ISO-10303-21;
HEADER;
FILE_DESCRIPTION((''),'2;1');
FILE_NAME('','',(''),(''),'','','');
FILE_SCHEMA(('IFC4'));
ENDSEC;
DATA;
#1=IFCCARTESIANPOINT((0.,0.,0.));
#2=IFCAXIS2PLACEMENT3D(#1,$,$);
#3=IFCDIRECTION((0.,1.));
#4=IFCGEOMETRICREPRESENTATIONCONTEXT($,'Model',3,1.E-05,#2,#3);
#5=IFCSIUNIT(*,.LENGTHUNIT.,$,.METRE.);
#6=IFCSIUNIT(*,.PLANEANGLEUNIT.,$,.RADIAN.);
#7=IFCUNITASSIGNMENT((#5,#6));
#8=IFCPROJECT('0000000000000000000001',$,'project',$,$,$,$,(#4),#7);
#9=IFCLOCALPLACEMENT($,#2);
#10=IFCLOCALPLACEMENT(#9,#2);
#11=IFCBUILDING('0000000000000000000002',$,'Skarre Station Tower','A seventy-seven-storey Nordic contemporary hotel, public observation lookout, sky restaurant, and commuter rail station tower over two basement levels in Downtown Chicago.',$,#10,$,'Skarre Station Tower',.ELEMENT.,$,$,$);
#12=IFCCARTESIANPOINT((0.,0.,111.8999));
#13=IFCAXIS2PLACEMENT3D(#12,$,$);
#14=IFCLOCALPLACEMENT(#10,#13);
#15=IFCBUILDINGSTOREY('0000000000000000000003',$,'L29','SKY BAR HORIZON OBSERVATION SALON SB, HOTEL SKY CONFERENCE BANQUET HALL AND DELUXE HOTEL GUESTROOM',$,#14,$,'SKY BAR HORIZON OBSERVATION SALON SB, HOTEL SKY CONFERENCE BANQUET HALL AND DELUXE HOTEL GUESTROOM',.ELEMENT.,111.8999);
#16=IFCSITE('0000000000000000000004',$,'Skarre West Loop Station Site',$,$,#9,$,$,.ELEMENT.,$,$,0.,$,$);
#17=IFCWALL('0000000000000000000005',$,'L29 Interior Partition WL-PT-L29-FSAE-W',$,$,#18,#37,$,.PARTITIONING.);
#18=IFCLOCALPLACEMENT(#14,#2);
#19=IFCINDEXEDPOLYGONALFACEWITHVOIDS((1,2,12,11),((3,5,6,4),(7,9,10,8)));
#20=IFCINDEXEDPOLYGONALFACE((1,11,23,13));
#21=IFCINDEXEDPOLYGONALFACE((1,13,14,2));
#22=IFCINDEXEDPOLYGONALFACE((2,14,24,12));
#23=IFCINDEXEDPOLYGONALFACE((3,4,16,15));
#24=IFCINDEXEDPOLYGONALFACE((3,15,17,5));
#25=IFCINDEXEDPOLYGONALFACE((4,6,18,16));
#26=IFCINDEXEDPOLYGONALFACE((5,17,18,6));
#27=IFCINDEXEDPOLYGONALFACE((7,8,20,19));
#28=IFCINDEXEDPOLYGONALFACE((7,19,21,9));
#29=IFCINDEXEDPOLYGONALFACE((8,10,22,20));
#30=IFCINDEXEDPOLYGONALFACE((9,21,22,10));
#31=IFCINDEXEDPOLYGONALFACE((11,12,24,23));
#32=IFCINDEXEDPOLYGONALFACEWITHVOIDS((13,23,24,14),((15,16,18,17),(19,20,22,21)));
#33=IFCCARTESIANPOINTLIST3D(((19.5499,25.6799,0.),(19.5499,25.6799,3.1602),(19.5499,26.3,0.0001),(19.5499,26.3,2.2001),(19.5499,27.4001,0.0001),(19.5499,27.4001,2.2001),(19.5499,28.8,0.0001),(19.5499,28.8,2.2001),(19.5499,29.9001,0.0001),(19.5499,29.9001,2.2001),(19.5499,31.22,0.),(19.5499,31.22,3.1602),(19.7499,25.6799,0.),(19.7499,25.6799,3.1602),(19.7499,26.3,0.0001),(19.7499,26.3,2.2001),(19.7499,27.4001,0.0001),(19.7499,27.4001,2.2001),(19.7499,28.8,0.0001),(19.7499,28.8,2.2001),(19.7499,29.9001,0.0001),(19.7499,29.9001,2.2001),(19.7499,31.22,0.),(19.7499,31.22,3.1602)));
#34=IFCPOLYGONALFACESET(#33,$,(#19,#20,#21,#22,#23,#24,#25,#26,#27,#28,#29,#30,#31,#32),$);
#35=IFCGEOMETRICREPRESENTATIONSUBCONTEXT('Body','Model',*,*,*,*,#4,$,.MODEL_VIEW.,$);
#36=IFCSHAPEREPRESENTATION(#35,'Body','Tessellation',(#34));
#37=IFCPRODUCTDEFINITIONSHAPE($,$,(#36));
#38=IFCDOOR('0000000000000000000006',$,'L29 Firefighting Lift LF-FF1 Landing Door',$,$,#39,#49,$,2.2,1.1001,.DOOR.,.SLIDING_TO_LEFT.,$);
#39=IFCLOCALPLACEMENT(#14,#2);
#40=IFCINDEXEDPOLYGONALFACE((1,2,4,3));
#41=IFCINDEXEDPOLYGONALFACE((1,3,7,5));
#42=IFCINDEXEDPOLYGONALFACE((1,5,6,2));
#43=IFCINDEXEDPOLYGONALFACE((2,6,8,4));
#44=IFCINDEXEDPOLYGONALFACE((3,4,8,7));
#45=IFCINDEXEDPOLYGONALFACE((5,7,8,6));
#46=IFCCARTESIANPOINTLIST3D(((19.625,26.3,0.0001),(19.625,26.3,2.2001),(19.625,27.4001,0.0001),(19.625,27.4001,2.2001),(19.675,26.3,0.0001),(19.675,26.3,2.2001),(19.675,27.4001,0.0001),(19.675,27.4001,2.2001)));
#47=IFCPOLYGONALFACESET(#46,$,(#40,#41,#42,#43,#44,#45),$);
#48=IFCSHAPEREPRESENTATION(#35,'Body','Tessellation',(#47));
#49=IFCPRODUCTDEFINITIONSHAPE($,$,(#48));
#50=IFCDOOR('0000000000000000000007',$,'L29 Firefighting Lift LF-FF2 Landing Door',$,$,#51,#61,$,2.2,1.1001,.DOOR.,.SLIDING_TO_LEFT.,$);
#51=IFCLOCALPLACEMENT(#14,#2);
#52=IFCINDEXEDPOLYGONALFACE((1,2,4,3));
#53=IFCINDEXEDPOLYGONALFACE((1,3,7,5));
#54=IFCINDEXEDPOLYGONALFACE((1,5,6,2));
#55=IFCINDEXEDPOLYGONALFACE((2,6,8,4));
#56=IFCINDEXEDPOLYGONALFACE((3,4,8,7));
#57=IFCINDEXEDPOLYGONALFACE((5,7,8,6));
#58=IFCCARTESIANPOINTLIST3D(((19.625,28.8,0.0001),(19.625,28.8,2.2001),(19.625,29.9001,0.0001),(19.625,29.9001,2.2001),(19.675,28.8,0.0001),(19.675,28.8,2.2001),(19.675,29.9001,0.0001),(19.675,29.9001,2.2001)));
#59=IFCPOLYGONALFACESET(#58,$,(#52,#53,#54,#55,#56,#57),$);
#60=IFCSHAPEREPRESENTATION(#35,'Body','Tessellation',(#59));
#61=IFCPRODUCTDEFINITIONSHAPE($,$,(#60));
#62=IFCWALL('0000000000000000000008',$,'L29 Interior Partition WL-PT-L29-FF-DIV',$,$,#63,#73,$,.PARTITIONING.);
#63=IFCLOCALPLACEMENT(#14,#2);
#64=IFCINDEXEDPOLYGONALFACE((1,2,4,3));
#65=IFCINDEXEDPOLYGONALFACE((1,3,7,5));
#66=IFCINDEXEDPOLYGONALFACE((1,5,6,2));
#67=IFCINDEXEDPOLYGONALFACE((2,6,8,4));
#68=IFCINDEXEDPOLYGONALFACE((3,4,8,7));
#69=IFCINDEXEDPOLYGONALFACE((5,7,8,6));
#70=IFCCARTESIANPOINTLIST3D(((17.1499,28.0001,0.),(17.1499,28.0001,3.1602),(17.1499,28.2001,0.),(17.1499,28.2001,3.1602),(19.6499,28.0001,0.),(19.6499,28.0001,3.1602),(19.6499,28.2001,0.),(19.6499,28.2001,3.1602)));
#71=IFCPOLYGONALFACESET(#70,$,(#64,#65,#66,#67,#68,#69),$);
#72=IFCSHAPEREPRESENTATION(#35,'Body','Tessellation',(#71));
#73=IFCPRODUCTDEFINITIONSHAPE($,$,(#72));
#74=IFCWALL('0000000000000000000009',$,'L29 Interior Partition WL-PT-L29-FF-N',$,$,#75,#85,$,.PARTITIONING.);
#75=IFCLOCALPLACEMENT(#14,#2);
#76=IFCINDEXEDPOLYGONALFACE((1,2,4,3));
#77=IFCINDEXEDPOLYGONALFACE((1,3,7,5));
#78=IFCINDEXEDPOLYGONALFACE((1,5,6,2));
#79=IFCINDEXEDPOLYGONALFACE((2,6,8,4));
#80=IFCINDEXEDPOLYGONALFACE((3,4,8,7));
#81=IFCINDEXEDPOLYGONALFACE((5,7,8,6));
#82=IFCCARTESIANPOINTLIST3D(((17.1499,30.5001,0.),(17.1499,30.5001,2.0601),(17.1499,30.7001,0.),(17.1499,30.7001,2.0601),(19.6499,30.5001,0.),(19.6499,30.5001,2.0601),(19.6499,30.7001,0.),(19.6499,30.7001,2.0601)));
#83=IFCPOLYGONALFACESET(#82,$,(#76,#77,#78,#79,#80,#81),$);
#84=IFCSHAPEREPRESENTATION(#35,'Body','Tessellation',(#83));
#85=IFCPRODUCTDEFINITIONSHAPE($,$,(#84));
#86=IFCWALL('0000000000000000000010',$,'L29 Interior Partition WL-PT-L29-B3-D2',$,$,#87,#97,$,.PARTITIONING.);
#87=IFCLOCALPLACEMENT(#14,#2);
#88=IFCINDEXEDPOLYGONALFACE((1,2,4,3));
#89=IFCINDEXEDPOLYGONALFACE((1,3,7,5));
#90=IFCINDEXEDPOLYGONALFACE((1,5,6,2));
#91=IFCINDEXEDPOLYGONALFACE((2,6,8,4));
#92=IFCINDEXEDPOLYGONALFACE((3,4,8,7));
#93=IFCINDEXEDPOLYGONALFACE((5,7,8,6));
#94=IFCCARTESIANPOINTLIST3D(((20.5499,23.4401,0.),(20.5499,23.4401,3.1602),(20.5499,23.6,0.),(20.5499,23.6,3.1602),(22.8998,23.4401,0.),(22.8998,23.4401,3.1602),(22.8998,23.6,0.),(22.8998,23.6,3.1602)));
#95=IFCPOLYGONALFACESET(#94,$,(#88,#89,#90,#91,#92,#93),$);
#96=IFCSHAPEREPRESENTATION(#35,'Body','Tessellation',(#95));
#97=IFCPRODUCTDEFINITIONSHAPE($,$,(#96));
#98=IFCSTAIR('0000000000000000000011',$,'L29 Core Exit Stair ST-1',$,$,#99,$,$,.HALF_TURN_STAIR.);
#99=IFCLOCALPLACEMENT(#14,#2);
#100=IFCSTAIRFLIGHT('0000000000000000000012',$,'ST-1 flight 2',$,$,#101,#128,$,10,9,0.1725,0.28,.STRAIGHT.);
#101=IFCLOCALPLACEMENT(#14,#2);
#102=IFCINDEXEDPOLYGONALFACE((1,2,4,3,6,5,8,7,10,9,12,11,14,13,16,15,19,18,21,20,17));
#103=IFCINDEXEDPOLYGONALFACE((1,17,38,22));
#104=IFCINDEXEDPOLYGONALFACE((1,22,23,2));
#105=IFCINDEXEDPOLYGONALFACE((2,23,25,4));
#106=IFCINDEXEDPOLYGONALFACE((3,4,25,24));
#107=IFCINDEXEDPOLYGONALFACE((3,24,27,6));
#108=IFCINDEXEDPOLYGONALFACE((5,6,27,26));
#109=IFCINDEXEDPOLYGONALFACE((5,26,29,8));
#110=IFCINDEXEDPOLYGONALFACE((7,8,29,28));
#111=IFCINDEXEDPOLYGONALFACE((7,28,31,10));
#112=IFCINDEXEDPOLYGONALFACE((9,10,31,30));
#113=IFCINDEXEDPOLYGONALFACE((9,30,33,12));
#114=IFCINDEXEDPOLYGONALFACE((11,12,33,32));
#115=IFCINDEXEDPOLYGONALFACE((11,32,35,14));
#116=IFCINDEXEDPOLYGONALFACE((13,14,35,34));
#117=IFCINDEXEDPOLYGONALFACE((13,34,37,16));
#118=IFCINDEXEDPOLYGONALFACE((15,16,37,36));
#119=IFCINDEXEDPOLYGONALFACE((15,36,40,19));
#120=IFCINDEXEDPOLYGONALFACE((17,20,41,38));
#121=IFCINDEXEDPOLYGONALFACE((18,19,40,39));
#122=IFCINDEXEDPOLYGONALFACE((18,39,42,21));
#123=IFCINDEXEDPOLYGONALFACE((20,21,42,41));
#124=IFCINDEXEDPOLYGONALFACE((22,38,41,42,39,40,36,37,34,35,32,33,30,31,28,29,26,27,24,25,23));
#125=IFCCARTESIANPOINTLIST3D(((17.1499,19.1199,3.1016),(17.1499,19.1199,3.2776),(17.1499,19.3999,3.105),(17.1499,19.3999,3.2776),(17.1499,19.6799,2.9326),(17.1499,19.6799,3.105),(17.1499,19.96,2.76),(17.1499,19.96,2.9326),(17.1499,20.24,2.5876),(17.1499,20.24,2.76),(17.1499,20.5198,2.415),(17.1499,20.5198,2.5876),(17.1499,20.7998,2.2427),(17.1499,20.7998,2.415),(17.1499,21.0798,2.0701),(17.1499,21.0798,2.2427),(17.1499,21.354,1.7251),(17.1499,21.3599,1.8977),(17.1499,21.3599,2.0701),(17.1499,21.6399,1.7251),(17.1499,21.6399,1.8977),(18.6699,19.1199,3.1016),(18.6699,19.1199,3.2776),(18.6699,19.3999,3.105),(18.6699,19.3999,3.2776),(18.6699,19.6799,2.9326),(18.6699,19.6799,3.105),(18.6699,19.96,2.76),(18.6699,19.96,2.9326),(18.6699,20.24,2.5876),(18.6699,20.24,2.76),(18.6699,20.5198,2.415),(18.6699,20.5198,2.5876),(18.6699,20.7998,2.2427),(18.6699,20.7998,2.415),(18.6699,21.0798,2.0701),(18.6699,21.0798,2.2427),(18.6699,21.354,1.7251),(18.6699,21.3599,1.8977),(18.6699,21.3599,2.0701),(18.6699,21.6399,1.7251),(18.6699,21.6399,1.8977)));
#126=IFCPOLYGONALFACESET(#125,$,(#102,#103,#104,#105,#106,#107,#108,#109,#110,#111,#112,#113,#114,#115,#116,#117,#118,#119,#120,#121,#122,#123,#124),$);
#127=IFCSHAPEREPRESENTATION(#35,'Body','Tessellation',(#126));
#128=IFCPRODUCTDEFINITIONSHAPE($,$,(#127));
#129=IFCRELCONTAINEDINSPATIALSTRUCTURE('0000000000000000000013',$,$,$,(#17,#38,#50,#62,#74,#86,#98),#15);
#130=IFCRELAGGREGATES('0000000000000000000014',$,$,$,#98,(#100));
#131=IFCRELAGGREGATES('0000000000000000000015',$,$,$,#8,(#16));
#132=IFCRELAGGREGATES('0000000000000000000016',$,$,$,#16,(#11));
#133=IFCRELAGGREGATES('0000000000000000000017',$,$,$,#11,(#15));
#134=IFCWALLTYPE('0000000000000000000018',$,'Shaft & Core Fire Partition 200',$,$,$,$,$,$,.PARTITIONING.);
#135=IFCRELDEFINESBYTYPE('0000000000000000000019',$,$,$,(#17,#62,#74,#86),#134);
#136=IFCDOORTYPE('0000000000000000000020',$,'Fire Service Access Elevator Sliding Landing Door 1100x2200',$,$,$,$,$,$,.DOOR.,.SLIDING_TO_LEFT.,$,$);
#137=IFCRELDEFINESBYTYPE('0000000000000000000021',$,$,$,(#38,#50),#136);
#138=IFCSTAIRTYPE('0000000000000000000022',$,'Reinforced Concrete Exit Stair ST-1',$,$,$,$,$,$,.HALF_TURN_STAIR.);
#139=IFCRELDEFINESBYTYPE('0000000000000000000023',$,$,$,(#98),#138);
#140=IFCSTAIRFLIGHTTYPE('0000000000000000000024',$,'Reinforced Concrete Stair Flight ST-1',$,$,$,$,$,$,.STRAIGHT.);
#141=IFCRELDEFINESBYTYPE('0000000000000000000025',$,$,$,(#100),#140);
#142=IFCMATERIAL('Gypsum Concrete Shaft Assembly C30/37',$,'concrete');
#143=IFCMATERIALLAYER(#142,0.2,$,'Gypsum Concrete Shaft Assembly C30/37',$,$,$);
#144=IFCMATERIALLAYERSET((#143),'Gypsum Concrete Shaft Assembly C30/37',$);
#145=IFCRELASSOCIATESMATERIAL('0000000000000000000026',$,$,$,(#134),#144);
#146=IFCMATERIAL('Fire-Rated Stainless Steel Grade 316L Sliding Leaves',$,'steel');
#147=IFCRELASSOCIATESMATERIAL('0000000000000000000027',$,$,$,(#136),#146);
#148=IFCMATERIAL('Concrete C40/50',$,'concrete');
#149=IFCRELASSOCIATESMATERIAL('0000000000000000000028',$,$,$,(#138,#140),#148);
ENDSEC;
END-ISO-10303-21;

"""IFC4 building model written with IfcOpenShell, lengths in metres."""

from ifc_helpers import new_model, si_unit, direction, frame, frame_2d, origin, place, context, subcontext, project, spatial, polyline, rectangle, outline, extrude, material, layer, layer_set, type_object, element, fill, aggregate, save


model = new_model("IFC4")

# Units and contexts
model_context = context("Model", 3, precision=1e-05, world=origin(), true_north=direction((0.0, 1.0)))
body_context = subcontext(model_context, "Body", "Model", "MODEL_VIEW")
ifc_project = project(units=[si_unit("LENGTHUNIT", "METRE"), si_unit("PLANEANGLEUNIT", "RADIAN")], contexts=[model_context])

# Site, building, storey
site_placement = place(None, origin())
site = spatial("IfcSite", under=ifc_project, at=site_placement, Name="Skarre West Loop Station Site", CompositionType="ELEMENT", RefElevation=0.0)
building_placement = place(site_placement, origin())
building = spatial("IfcBuilding", under=site, at=building_placement, Name="Skarre Station Tower", Description="A seventy-seven-storey Nordic contemporary hotel, public observation lookout, sky restaurant, and commuter rail station tower over two basement levels in Downtown Chicago.", LongName="Skarre Station Tower", CompositionType="ELEMENT")
storey_placement = place(building_placement, frame((0.0, 0.0, 111.8999)))
storey = spatial("IfcBuildingStorey", under=building, at=storey_placement, Name="L29", Description="SKY BAR HORIZON OBSERVATION SALON SB, HOTEL SKY CONFERENCE BANQUET HALL AND DELUXE HOTEL GUESTROOM", LongName="SKY BAR HORIZON OBSERVATION SALON SB, HOTEL SKY CONFERENCE BANQUET HALL AND DELUXE HOTEL GUESTROOM", CompositionType="ELEMENT", Elevation=111.8999)

# Wall, openings, doors
ifc_material_1 = material(Name="Gypsum Concrete Shaft Assembly C30/37", Category="concrete")
ifc_layer_1 = layer(ifc_material_1, 0.2, Name="Gypsum Concrete Shaft Assembly C30/37")
ifc_layer_set_1 = layer_set([ifc_layer_1], Name="Gypsum Concrete Shaft Assembly C30/37")
wall_type_1 = type_object("IfcWallType", Name="Shaft & Core Fire Partition 200", PredefinedType="PARTITIONING", material=ifc_layer_set_1)
wall_1_placement = place(storey_placement, frame((19.6499, 25.6799, 0.0), z_axis=(0.0, 0.0, 1.0), x_axis=(0.0, 1.0, 0.0)))
wall_1 = element("IfcWall", 1, at=wall_1_placement, inside=storey, type_object=wall_type_1, Name="L29 Interior Partition WL-PT-L29-FSAE-W", PredefinedType="PARTITIONING", context=body_context, shape_type="SweptSolid", body=[
    extrude(rectangle(XDim=5.54, YDim=0.2, at=frame_2d((2.77, 0.0))), origin(), (0.0, 0.0, 1.0), 3.1602),
])
opening_1_placement = place(wall_1_placement, frame((0.6201, 0.0, 0.0)))
opening_1 = element("IfcOpeningElement", 2, at=opening_1_placement, cuts=wall_1, PredefinedType="OPENING", context=body_context, shape_type="SweptSolid", body=[
    extrude(rectangle(XDim=1.1001, YDim=2.2, at=frame_2d((0.55, 1.1001))), frame((0.0, 0.1099, 0.0), z_axis=(0.0, -1.0, 0.0), x_axis=(1.0, 0.0, 0.0)), (0.0, 0.0, 1.0), 0.22),
])
opening_2_placement = place(wall_1_placement, frame((3.1201, 0.0, 0.0)))
opening_2 = element("IfcOpeningElement", 3, at=opening_2_placement, cuts=wall_1, PredefinedType="OPENING", context=body_context, shape_type="SweptSolid", body=[
    extrude(rectangle(XDim=1.1001, YDim=2.2, at=frame_2d((0.55, 1.1001))), frame((0.0, 0.1099, 0.0), z_axis=(0.0, -1.0, 0.0), x_axis=(1.0, 0.0, 0.0)), (0.0, 0.0, 1.0), 0.22),
])
ifc_material_2 = material(Name="Fire-Rated Stainless Steel Grade 316L Sliding Leaves", Category="steel")
door_type = type_object("IfcDoorType", Name="Fire Service Access Elevator Sliding Landing Door 1100x2200", OperationType="SLIDING_TO_LEFT", PredefinedType="DOOR", material=ifc_material_2)
door_1_placement = place(opening_1_placement, origin())
door_1 = element("IfcDoor", 4, at=door_1_placement, inside=storey, type_object=door_type, Name="L29 Firefighting Lift LF-FF1 Landing Door", OperationType="SLIDING_TO_LEFT", OverallHeight=2.2, OverallWidth=1.1001, PredefinedType="DOOR", context=body_context, shape_type="SweptSolid", body=[
    extrude(rectangle(XDim=1.1001, YDim=2.2, at=frame_2d((0.55, 1.1001))), frame((0.0, 0.0249, 0.0), z_axis=(0.0, -1.0, 0.0), x_axis=(1.0, 0.0, 0.0)), (0.0, 0.0, 1.0), 0.05),
])
fill(opening_1, door_1)
door_2_placement = place(opening_2_placement, origin())
door_2 = element("IfcDoor", 5, at=door_2_placement, inside=storey, type_object=door_type, Name="L29 Firefighting Lift LF-FF2 Landing Door", OperationType="SLIDING_TO_LEFT", OverallHeight=2.2, OverallWidth=1.1001, PredefinedType="DOOR", context=body_context, shape_type="SweptSolid", body=[
    extrude(rectangle(XDim=1.1001, YDim=2.2, at=frame_2d((0.55, 1.1001))), frame((0.0, 0.0249, 0.0), z_axis=(0.0, -1.0, 0.0), x_axis=(1.0, 0.0, 0.0)), (0.0, 0.0, 1.0), 0.05),
])
fill(opening_2, door_2)

# Walls
wall_2_placement = place(storey_placement, frame((17.1499, 28.1001, 0.0), z_axis=(0.0, 0.0, 1.0), x_axis=(1.0, 0.0, 0.0)))
element("IfcWall", 6, at=wall_2_placement, inside=storey, type_object=wall_type_1, Name="L29 Interior Partition WL-PT-L29-FF-DIV", PredefinedType="PARTITIONING", context=body_context, shape_type="SweptSolid", body=[
    extrude(rectangle(XDim=2.5, YDim=0.2, at=frame_2d((1.25, 0.0))), origin(), (0.0, 0.0, 1.0), 3.1602),
])
wall_3_placement = place(storey_placement, frame((19.6499, 30.6001, 0.0), z_axis=(0.0, 0.0, 1.0), x_axis=(-1.0, 0.0, 0.0)))
element("IfcWall", 7, at=wall_3_placement, inside=storey, type_object=wall_type_1, Name="L29 Interior Partition WL-PT-L29-FF-N", PredefinedType="PARTITIONING", context=body_context, shape_type="SweptSolid", body=[
    extrude(rectangle(XDim=2.5, YDim=0.2, at=frame_2d((1.25, 0.0))), origin(), (0.0, 0.0, 1.0), 2.0601),
])
wall_4_placement = place(storey_placement, frame((20.55, 23.52, 0.0), z_axis=(0.0, 0.0, 1.0), x_axis=(1.0, 0.0, 0.0)))
element("IfcWall", 8, at=wall_4_placement, inside=storey, type_object=wall_type_1, Name="L29 Interior Partition WL-PT-L29-B3-D2", PredefinedType="PARTITIONING", context=body_context, shape_type="SweptSolid", body=[
    extrude(rectangle(XDim=2.3499, YDim=0.1599, at=frame_2d((1.1748, 0.0))), origin(), (0.0, 0.0, 1.0), 3.1602),
])

# Stair, stair flight
ifc_material_3 = material(Name="Concrete C40/50", Category="concrete")
stair_type = type_object("IfcStairType", Name="Reinforced Concrete Exit Stair ST-1", PredefinedType="HALF_TURN_STAIR", material=ifc_material_3)
stair_placement = place(storey_placement, origin())
stair = element("IfcStair", 9, at=stair_placement, inside=storey, type_object=stair_type, Name="L29 Core Exit Stair ST-1", PredefinedType="HALF_TURN_STAIR")
stair_flight_type = type_object("IfcStairFlightType", Name="Reinforced Concrete Stair Flight ST-1", PredefinedType="STRAIGHT", material=ifc_material_3)
stair_flight_placement = place(storey_placement, frame((17.9099, 21.6399, 1.7251), z_axis=(0.0, 0.0, 1.0), x_axis=(0.0, -1.0, 0.0)))
stair_flight = element("IfcStairFlight", 10, at=stair_flight_placement, type_object=stair_flight_type, Name="ST-1 flight 2", NumberOfRisers=10, NumberOfTreads=9, PredefinedType="STRAIGHT", RiserHeight=0.1725, TreadLength=0.28, context=body_context, shape_type="SweptSolid", body=[
    extrude(outline(polyline([(0.0, 0.0), (0.0, 0.1726), (0.28, 0.1726), (0.28, 0.345), (0.5601, 0.345), (0.5601, 0.5176), (0.8401, 0.5176), (0.8401, 0.6899), (1.1201, 0.6899), (1.1201, 0.8625), (1.3999, 0.8625), (1.3999, 1.0349), (1.6799, 1.0349), (1.6799, 1.2075), (1.96, 1.2075), (1.96, 1.3799), (2.24, 1.3799), (2.24, 1.5525), (2.52, 1.5525), (2.52, 1.7251), (2.52, 1.3765), (0.2859, 0.0), (0.0, 0.0)])), frame((0.0, 0.76, 0.0), z_axis=(0.0, -1.0, 0.0), x_axis=(1.0, 0.0, 0.0)), (0.0, 0.0, 1.0), 1.52),
])
aggregate(stair, [stair_flight])

save(model, "model.ifc")
